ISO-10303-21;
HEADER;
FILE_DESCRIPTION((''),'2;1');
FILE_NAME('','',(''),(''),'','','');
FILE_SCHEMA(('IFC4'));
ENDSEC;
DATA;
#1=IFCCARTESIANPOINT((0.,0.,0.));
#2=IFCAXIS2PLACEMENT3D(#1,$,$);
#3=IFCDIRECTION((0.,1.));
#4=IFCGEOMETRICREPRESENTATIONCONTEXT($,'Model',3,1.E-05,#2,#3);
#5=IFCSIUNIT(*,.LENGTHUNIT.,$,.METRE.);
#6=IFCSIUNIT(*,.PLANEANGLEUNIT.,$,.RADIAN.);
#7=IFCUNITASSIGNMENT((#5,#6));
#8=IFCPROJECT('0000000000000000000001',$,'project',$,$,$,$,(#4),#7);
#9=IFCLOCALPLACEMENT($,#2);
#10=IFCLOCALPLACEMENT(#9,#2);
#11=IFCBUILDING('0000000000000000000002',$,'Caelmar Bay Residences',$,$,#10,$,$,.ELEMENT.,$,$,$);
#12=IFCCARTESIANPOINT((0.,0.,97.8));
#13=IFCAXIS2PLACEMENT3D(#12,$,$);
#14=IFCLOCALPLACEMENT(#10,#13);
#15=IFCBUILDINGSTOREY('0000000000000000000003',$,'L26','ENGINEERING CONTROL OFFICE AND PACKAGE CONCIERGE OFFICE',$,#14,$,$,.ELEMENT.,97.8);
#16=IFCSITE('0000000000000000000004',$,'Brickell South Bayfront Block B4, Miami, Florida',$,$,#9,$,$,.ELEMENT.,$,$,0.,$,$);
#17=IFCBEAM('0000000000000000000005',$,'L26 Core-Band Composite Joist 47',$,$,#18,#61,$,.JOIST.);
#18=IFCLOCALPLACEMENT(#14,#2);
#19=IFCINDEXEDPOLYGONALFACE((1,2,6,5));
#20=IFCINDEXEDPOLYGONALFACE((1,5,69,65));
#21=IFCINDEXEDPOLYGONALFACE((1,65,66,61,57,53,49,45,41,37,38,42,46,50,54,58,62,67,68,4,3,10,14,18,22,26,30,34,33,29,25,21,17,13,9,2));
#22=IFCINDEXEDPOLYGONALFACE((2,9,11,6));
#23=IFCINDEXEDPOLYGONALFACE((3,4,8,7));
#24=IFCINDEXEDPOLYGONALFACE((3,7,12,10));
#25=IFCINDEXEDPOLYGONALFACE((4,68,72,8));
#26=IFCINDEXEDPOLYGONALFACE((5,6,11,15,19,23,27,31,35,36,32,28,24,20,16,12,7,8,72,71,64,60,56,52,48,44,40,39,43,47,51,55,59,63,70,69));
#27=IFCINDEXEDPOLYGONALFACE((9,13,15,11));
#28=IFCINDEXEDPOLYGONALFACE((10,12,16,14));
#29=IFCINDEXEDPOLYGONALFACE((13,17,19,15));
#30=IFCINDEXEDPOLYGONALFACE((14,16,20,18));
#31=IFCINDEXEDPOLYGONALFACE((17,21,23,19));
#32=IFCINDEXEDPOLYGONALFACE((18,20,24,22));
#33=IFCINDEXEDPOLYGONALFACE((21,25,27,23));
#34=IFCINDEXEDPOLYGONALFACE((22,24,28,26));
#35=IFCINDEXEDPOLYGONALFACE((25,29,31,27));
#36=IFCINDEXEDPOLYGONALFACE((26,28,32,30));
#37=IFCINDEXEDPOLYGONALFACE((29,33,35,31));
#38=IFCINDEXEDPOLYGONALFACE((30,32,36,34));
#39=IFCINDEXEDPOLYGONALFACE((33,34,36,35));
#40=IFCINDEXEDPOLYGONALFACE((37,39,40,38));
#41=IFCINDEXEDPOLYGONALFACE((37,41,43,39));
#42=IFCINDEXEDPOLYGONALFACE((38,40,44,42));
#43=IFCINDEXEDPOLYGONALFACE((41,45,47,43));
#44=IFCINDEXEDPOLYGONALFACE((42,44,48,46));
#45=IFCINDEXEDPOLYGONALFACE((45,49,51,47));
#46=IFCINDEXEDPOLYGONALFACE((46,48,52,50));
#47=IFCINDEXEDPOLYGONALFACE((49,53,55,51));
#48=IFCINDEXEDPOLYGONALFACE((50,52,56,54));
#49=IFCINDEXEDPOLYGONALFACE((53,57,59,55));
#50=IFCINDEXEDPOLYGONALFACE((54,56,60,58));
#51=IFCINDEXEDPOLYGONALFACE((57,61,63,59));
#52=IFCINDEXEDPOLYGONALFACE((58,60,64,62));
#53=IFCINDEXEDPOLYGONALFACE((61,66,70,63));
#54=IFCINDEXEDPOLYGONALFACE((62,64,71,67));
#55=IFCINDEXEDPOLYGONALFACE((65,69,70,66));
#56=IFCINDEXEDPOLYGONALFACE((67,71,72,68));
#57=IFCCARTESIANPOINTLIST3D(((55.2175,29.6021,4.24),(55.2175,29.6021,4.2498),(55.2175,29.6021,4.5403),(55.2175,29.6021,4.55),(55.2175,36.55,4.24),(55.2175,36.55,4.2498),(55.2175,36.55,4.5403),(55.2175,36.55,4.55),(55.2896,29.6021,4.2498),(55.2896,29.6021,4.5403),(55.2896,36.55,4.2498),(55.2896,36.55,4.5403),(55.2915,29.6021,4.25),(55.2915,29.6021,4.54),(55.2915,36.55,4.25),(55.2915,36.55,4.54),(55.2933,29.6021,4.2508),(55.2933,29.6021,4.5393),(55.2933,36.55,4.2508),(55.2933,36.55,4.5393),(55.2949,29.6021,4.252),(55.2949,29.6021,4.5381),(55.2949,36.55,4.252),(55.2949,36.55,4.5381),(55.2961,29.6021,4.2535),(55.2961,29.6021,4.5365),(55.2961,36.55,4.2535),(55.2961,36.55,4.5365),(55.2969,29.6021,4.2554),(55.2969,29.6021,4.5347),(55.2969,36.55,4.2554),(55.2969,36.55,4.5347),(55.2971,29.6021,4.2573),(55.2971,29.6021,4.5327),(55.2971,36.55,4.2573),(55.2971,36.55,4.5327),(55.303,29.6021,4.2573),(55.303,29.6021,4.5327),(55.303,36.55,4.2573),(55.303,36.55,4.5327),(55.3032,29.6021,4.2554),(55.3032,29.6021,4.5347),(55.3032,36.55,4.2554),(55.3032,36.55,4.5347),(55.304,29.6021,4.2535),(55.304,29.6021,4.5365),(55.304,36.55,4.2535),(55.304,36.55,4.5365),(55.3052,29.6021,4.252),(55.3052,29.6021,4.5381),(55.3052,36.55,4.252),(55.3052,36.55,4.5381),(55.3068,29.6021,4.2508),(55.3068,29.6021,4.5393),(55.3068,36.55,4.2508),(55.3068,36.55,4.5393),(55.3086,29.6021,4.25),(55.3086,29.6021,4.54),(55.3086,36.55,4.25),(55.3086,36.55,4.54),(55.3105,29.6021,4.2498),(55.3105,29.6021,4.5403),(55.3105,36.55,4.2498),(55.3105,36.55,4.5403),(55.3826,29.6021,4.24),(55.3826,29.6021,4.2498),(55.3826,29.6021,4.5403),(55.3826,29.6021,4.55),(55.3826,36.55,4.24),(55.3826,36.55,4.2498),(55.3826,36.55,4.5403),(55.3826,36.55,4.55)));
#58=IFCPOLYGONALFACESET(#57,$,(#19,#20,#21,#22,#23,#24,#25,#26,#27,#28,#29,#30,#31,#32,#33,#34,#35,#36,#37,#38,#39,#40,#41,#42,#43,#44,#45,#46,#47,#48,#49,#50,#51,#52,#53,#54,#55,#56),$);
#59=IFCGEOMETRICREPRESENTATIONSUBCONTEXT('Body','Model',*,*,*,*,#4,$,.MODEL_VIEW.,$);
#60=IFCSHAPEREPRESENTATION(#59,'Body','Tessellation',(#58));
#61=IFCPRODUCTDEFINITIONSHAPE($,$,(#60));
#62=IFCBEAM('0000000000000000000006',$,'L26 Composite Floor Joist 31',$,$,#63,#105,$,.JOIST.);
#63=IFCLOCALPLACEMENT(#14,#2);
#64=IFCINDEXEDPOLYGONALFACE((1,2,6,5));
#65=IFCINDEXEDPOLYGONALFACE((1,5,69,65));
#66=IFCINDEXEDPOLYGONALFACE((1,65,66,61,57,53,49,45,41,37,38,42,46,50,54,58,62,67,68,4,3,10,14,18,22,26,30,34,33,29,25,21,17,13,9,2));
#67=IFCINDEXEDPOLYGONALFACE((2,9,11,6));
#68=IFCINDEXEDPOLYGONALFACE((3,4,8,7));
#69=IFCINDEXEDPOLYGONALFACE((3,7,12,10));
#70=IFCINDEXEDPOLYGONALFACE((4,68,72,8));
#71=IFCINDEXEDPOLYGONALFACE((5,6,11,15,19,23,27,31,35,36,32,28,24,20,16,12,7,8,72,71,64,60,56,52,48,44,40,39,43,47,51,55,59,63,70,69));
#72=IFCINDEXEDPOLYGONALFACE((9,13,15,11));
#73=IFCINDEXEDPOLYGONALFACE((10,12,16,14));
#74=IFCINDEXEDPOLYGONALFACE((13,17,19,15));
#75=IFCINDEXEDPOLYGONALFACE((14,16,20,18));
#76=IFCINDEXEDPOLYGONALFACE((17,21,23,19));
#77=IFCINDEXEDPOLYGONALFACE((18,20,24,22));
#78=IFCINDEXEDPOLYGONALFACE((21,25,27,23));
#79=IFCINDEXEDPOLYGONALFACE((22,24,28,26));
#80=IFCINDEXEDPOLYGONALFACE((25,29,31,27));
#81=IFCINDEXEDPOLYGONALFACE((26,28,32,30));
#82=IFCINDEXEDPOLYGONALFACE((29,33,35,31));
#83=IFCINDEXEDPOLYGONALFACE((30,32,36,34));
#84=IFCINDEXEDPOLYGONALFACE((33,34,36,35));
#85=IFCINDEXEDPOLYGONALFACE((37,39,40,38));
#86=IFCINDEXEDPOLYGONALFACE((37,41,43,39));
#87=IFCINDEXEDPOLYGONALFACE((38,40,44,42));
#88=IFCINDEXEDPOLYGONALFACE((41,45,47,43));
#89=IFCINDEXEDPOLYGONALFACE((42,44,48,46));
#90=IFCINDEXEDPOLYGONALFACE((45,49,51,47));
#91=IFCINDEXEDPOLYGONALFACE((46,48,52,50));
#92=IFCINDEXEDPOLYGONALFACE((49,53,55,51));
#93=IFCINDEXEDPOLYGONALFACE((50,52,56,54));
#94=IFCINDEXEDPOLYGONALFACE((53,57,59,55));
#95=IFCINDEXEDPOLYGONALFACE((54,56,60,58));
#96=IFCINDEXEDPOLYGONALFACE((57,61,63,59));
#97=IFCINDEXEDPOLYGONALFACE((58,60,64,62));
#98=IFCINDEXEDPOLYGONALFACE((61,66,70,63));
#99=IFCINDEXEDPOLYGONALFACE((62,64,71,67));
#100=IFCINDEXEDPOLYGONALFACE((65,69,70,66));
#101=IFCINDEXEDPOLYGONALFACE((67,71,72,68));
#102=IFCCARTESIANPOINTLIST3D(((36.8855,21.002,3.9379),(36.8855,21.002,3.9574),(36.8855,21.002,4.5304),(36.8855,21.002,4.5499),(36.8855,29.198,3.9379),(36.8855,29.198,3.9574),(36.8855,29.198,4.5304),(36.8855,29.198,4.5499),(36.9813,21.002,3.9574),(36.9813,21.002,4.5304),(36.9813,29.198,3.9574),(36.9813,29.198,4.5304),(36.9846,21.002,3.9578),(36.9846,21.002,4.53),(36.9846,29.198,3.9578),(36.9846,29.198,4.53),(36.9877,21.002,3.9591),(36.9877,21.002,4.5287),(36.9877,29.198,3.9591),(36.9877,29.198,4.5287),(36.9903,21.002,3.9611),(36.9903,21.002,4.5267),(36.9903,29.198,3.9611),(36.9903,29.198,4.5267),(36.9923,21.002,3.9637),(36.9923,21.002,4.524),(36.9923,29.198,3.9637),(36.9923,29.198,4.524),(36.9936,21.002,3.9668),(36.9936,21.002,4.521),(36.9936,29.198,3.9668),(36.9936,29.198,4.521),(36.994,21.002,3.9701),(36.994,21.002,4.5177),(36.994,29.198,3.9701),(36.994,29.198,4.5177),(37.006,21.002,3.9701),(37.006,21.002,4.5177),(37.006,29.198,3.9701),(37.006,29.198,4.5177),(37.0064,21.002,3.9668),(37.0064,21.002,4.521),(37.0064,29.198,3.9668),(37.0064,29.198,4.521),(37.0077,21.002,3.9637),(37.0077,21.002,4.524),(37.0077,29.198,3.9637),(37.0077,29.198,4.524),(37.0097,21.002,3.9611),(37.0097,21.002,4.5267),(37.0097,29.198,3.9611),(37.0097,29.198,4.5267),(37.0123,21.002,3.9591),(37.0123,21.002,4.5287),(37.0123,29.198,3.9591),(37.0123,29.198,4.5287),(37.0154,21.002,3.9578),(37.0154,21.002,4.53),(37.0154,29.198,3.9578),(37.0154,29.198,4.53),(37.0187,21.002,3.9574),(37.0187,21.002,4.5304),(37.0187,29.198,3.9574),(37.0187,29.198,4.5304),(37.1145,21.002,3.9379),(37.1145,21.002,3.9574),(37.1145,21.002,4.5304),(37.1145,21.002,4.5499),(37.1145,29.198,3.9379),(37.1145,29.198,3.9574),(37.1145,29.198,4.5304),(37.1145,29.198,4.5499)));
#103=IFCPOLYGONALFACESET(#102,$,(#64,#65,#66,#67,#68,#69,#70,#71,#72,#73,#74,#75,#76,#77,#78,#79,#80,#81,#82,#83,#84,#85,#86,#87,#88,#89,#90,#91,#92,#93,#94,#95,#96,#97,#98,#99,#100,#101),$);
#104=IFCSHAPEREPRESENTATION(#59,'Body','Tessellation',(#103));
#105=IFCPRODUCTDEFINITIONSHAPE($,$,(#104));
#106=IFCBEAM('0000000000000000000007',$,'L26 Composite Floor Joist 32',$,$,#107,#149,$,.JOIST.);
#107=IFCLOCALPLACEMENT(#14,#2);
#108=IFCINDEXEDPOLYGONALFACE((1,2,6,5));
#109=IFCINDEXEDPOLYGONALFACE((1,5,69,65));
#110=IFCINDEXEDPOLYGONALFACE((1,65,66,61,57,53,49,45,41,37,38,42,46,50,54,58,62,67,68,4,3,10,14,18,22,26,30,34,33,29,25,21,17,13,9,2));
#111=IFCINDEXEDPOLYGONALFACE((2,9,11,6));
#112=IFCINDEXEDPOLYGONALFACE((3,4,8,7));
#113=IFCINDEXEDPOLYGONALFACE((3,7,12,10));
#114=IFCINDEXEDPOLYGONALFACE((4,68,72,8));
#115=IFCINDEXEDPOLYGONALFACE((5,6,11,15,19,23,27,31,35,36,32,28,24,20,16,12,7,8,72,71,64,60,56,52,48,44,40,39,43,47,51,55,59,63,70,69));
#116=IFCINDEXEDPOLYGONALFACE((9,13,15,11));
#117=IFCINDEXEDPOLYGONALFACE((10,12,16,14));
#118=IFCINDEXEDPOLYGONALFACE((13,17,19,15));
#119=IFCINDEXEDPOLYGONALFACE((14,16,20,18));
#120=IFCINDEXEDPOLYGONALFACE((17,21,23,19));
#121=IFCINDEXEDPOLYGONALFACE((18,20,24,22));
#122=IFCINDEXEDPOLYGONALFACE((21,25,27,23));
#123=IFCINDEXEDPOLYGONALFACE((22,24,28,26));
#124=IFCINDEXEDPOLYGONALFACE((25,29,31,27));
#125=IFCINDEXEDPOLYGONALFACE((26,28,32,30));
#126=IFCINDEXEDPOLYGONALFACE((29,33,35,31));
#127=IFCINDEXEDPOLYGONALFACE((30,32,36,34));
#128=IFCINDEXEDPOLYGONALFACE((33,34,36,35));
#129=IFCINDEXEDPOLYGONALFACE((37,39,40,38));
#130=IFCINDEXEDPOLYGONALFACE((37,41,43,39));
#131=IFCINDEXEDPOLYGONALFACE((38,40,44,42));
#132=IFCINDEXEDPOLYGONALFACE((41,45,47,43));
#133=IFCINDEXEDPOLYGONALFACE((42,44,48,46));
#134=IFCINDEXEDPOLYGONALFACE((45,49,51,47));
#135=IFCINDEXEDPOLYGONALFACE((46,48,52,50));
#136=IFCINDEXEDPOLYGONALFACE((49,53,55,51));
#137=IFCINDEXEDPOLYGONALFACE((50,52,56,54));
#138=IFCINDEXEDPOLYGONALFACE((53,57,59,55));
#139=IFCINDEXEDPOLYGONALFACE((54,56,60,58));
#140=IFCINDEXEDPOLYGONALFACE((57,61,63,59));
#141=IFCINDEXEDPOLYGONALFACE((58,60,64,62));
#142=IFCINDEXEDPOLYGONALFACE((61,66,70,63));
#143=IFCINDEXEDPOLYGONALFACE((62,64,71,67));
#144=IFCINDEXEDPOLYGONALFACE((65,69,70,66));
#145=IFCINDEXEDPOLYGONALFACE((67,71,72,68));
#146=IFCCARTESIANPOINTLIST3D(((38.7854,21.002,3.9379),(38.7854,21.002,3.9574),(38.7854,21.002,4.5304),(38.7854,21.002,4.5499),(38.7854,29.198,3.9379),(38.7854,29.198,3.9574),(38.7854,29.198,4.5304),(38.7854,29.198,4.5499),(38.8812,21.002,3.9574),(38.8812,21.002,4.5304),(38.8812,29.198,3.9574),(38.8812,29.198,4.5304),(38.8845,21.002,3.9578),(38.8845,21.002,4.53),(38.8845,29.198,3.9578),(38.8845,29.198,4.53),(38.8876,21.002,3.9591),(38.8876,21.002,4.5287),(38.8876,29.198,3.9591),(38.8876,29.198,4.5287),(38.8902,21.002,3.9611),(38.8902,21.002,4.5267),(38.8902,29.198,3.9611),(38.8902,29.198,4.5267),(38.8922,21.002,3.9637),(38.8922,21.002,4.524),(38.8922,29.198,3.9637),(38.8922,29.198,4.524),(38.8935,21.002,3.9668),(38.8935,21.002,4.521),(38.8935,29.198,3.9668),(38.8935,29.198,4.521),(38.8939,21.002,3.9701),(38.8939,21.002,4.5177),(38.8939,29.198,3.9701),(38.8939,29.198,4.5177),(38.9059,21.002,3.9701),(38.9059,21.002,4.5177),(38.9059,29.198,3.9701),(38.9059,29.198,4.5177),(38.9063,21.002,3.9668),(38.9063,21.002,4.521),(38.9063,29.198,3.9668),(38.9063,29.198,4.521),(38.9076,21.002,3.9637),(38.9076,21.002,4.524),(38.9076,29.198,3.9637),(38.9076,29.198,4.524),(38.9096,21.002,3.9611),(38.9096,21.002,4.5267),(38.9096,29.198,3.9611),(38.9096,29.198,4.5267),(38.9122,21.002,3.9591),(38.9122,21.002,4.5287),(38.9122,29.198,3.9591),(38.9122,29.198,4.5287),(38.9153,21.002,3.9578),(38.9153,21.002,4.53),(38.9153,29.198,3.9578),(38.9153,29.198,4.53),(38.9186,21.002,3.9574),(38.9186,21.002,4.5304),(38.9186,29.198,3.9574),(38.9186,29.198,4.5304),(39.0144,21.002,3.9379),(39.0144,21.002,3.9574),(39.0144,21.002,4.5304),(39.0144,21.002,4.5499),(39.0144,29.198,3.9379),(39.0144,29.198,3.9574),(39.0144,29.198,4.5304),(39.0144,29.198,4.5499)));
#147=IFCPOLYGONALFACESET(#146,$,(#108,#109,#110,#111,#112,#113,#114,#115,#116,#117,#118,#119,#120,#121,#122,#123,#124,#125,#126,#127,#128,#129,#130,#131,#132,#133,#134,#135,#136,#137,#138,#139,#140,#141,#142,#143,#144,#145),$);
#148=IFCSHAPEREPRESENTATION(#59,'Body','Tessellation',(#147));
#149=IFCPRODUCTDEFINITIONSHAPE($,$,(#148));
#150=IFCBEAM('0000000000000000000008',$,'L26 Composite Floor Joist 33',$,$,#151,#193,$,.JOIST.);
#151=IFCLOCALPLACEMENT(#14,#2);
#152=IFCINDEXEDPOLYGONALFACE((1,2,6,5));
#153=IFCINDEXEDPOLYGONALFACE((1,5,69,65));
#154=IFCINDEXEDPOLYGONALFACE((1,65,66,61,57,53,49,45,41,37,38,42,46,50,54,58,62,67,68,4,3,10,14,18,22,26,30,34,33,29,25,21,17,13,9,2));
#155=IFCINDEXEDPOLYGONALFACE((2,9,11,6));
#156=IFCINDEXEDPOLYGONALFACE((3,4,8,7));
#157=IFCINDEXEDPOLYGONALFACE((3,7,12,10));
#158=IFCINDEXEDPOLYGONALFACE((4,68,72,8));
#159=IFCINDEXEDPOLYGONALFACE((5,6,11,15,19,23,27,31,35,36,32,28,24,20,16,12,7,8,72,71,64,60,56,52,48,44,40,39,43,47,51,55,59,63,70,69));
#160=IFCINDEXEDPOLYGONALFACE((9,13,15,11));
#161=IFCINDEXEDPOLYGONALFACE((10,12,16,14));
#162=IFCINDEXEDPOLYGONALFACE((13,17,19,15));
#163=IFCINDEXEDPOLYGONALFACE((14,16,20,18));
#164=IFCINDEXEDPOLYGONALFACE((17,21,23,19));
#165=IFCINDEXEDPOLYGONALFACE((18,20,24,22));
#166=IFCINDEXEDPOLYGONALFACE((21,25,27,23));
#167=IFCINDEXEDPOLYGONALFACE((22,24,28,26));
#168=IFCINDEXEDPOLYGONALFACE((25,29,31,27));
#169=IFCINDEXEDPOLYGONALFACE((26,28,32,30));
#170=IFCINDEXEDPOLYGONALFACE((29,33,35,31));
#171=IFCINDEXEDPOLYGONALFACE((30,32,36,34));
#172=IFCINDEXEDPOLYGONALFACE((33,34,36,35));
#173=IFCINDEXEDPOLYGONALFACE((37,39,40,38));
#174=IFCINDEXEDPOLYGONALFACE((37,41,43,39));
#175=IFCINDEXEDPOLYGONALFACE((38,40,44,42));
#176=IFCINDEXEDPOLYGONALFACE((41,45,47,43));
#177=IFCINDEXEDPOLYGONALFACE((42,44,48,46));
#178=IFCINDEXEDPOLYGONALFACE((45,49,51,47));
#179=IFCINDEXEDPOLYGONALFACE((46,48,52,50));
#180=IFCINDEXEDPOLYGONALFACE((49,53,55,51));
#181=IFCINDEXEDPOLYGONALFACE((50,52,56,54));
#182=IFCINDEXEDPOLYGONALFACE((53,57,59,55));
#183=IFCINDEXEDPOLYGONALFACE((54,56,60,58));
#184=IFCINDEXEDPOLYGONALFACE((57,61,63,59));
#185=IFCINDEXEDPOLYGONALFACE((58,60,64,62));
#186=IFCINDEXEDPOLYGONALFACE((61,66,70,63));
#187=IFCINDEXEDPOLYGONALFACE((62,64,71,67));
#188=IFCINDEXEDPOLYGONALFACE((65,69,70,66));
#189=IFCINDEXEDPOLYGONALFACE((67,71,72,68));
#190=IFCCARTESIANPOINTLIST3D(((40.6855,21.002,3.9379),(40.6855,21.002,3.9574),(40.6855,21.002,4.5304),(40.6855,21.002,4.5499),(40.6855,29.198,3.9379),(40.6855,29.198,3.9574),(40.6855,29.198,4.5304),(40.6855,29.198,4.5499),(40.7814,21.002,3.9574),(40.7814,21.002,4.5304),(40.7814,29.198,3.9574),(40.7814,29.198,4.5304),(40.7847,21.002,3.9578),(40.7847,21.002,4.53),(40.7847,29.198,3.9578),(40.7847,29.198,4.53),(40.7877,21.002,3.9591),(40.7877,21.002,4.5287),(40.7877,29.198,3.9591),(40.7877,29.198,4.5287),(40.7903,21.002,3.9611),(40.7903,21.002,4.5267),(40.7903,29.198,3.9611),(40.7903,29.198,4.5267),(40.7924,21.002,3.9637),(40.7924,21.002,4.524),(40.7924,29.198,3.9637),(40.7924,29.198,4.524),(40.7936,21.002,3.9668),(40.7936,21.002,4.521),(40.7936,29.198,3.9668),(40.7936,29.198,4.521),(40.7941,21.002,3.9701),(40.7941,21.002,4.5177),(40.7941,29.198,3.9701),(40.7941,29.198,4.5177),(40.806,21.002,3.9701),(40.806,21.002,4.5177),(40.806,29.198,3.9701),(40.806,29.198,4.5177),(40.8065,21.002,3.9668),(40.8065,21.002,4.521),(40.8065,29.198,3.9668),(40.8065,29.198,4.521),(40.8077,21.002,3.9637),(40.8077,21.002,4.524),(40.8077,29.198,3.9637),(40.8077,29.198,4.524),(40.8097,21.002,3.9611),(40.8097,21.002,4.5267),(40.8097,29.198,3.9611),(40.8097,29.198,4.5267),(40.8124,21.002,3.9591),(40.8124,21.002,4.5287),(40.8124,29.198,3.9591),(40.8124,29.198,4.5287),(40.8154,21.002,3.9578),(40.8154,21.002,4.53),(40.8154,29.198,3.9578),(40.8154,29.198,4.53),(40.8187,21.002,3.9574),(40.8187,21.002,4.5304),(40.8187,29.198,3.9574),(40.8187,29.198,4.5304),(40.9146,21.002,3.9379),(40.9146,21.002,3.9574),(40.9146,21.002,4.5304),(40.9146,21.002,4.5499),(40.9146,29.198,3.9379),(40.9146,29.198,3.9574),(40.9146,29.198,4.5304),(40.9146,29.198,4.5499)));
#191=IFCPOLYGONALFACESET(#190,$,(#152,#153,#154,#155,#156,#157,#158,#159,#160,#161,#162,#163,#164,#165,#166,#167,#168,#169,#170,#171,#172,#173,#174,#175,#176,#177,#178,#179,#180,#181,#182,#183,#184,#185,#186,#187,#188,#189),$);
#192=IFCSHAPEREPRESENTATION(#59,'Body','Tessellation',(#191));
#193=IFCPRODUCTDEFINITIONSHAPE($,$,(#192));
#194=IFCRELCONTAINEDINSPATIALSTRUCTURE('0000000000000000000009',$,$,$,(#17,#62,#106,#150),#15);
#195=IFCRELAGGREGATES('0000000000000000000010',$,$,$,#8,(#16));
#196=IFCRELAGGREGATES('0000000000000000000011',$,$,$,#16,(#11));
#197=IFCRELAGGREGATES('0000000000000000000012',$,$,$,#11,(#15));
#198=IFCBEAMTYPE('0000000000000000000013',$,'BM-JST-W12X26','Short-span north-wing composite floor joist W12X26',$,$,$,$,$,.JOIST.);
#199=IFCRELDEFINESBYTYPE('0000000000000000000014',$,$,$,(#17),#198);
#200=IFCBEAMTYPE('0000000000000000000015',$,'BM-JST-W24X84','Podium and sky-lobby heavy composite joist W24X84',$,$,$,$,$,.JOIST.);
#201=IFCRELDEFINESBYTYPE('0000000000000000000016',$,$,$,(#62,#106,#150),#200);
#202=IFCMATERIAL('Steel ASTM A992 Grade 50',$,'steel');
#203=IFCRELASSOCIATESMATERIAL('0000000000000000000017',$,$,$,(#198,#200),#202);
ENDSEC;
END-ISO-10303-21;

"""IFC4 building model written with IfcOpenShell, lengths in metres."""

from ifc_helpers import new_model, si_unit, direction, frame, origin, origin_2d, place, context, subcontext, project, spatial, i_section, extrude, material, material_profile, profile_set, type_object, element, save


model = new_model("IFC4")

# Units and contexts
model_context = context("Model", 3, precision=1e-05, world=origin(), true_north=direction((0.0, 1.0)))
body_context = subcontext(model_context, "Body", "Model", "MODEL_VIEW")
ifc_project = project(units=[si_unit("LENGTHUNIT", "METRE"), si_unit("PLANEANGLEUNIT", "RADIAN")], contexts=[model_context])

# Site, building, storey
site_placement = place(None, origin())
site = spatial("IfcSite", under=ifc_project, at=site_placement, Name="Brickell South Bayfront Block B4, Miami, Florida", CompositionType="ELEMENT", RefElevation=0.0)
building_placement = place(site_placement, origin())
building = spatial("IfcBuilding", under=site, at=building_placement, Name="Caelmar Bay Residences", CompositionType="ELEMENT")
storey_placement = place(building_placement, frame((0.0, 0.0, 97.8)))
storey = spatial("IfcBuildingStorey", under=building, at=storey_placement, Name="L26", Description="ENGINEERING CONTROL OFFICE AND PACKAGE CONCIERGE OFFICE", CompositionType="ELEMENT", Elevation=97.8)

# Beams
ifc_material_1 = material(Name="Steel ASTM A992 Grade 50", Category="steel")
ifc_material_profile_1 = material_profile(ifc_material_1, i_section(OverallWidth=0.165, OverallDepth=0.3101, WebThickness=0.0059, FlangeThickness=0.0098, FilletRadius=0.0076, at=origin_2d()), Name="W12X26")
ifc_profile_set_1 = profile_set([ifc_material_profile_1], Name="Steel ASTM A992 Grade 50")
beam_type_1 = type_object("IfcBeamType", Name="BM-JST-W12X26", Description="Short-span north-wing composite floor joist W12X26", PredefinedType="JOIST", material=ifc_profile_set_1)
for number, where, z_axis, x_axis, name in (
    (1, (55.3, 29.6021, 4.395), (0.0, 1.0, 0.0), (-1.0, 0.0, 0.0), "L26 Core-Band Composite Joist 47"),
):
    element("IfcBeam", number, at=place(storey_placement, frame(where, z_axis=z_axis, x_axis=x_axis)), inside=storey, type_object=beam_type_1, Name=name, PredefinedType="JOIST", context=body_context, shape_type="SweptSolid", body=[
        extrude(i_section(OverallWidth=0.165, OverallDepth=0.3101, WebThickness=0.0059, FlangeThickness=0.0098, FilletRadius=0.0076, at=origin_2d()), origin(), (0.0, 0.0, 1.0), 6.948),
    ])
ifc_material_profile_2 = material_profile(ifc_material_1, i_section(OverallWidth=0.229, OverallDepth=0.6121, WebThickness=0.012, FlangeThickness=0.0195, FilletRadius=0.0127, at=origin_2d()), Name="W24X84")
ifc_profile_set_2 = profile_set([ifc_material_profile_2], Name="Steel ASTM A992 Grade 50")
beam_type_2 = type_object("IfcBeamType", Name="BM-JST-W24X84", Description="Podium and sky-lobby heavy composite joist W24X84", PredefinedType="JOIST", material=ifc_profile_set_2)
for number, where, z_axis, x_axis, name in (
    (2, (37.0, 21.002, 4.2439), (0.0, 1.0, 0.0), (-1.0, 0.0, 0.0), "L26 Composite Floor Joist 31"),
    (3, (38.8999, 21.002, 4.2439), (0.0, 1.0, 0.0), (-1.0, 0.0, 0.0), "L26 Composite Floor Joist 32"),
    (4, (40.8, 21.002, 4.2439), (0.0, 1.0, 0.0), (-1.0, 0.0, 0.0), "L26 Composite Floor Joist 33"),
):
    element("IfcBeam", number, at=place(storey_placement, frame(where, z_axis=z_axis, x_axis=x_axis)), inside=storey, type_object=beam_type_2, Name=name, PredefinedType="JOIST", context=body_context, shape_type="SweptSolid", body=[
        extrude(i_section(OverallWidth=0.229, OverallDepth=0.6121, WebThickness=0.012, FlangeThickness=0.0195, FilletRadius=0.0127, at=origin_2d()), origin(), (0.0, 0.0, 1.0), 8.196),
    ])

save(model, "model.ifc")
